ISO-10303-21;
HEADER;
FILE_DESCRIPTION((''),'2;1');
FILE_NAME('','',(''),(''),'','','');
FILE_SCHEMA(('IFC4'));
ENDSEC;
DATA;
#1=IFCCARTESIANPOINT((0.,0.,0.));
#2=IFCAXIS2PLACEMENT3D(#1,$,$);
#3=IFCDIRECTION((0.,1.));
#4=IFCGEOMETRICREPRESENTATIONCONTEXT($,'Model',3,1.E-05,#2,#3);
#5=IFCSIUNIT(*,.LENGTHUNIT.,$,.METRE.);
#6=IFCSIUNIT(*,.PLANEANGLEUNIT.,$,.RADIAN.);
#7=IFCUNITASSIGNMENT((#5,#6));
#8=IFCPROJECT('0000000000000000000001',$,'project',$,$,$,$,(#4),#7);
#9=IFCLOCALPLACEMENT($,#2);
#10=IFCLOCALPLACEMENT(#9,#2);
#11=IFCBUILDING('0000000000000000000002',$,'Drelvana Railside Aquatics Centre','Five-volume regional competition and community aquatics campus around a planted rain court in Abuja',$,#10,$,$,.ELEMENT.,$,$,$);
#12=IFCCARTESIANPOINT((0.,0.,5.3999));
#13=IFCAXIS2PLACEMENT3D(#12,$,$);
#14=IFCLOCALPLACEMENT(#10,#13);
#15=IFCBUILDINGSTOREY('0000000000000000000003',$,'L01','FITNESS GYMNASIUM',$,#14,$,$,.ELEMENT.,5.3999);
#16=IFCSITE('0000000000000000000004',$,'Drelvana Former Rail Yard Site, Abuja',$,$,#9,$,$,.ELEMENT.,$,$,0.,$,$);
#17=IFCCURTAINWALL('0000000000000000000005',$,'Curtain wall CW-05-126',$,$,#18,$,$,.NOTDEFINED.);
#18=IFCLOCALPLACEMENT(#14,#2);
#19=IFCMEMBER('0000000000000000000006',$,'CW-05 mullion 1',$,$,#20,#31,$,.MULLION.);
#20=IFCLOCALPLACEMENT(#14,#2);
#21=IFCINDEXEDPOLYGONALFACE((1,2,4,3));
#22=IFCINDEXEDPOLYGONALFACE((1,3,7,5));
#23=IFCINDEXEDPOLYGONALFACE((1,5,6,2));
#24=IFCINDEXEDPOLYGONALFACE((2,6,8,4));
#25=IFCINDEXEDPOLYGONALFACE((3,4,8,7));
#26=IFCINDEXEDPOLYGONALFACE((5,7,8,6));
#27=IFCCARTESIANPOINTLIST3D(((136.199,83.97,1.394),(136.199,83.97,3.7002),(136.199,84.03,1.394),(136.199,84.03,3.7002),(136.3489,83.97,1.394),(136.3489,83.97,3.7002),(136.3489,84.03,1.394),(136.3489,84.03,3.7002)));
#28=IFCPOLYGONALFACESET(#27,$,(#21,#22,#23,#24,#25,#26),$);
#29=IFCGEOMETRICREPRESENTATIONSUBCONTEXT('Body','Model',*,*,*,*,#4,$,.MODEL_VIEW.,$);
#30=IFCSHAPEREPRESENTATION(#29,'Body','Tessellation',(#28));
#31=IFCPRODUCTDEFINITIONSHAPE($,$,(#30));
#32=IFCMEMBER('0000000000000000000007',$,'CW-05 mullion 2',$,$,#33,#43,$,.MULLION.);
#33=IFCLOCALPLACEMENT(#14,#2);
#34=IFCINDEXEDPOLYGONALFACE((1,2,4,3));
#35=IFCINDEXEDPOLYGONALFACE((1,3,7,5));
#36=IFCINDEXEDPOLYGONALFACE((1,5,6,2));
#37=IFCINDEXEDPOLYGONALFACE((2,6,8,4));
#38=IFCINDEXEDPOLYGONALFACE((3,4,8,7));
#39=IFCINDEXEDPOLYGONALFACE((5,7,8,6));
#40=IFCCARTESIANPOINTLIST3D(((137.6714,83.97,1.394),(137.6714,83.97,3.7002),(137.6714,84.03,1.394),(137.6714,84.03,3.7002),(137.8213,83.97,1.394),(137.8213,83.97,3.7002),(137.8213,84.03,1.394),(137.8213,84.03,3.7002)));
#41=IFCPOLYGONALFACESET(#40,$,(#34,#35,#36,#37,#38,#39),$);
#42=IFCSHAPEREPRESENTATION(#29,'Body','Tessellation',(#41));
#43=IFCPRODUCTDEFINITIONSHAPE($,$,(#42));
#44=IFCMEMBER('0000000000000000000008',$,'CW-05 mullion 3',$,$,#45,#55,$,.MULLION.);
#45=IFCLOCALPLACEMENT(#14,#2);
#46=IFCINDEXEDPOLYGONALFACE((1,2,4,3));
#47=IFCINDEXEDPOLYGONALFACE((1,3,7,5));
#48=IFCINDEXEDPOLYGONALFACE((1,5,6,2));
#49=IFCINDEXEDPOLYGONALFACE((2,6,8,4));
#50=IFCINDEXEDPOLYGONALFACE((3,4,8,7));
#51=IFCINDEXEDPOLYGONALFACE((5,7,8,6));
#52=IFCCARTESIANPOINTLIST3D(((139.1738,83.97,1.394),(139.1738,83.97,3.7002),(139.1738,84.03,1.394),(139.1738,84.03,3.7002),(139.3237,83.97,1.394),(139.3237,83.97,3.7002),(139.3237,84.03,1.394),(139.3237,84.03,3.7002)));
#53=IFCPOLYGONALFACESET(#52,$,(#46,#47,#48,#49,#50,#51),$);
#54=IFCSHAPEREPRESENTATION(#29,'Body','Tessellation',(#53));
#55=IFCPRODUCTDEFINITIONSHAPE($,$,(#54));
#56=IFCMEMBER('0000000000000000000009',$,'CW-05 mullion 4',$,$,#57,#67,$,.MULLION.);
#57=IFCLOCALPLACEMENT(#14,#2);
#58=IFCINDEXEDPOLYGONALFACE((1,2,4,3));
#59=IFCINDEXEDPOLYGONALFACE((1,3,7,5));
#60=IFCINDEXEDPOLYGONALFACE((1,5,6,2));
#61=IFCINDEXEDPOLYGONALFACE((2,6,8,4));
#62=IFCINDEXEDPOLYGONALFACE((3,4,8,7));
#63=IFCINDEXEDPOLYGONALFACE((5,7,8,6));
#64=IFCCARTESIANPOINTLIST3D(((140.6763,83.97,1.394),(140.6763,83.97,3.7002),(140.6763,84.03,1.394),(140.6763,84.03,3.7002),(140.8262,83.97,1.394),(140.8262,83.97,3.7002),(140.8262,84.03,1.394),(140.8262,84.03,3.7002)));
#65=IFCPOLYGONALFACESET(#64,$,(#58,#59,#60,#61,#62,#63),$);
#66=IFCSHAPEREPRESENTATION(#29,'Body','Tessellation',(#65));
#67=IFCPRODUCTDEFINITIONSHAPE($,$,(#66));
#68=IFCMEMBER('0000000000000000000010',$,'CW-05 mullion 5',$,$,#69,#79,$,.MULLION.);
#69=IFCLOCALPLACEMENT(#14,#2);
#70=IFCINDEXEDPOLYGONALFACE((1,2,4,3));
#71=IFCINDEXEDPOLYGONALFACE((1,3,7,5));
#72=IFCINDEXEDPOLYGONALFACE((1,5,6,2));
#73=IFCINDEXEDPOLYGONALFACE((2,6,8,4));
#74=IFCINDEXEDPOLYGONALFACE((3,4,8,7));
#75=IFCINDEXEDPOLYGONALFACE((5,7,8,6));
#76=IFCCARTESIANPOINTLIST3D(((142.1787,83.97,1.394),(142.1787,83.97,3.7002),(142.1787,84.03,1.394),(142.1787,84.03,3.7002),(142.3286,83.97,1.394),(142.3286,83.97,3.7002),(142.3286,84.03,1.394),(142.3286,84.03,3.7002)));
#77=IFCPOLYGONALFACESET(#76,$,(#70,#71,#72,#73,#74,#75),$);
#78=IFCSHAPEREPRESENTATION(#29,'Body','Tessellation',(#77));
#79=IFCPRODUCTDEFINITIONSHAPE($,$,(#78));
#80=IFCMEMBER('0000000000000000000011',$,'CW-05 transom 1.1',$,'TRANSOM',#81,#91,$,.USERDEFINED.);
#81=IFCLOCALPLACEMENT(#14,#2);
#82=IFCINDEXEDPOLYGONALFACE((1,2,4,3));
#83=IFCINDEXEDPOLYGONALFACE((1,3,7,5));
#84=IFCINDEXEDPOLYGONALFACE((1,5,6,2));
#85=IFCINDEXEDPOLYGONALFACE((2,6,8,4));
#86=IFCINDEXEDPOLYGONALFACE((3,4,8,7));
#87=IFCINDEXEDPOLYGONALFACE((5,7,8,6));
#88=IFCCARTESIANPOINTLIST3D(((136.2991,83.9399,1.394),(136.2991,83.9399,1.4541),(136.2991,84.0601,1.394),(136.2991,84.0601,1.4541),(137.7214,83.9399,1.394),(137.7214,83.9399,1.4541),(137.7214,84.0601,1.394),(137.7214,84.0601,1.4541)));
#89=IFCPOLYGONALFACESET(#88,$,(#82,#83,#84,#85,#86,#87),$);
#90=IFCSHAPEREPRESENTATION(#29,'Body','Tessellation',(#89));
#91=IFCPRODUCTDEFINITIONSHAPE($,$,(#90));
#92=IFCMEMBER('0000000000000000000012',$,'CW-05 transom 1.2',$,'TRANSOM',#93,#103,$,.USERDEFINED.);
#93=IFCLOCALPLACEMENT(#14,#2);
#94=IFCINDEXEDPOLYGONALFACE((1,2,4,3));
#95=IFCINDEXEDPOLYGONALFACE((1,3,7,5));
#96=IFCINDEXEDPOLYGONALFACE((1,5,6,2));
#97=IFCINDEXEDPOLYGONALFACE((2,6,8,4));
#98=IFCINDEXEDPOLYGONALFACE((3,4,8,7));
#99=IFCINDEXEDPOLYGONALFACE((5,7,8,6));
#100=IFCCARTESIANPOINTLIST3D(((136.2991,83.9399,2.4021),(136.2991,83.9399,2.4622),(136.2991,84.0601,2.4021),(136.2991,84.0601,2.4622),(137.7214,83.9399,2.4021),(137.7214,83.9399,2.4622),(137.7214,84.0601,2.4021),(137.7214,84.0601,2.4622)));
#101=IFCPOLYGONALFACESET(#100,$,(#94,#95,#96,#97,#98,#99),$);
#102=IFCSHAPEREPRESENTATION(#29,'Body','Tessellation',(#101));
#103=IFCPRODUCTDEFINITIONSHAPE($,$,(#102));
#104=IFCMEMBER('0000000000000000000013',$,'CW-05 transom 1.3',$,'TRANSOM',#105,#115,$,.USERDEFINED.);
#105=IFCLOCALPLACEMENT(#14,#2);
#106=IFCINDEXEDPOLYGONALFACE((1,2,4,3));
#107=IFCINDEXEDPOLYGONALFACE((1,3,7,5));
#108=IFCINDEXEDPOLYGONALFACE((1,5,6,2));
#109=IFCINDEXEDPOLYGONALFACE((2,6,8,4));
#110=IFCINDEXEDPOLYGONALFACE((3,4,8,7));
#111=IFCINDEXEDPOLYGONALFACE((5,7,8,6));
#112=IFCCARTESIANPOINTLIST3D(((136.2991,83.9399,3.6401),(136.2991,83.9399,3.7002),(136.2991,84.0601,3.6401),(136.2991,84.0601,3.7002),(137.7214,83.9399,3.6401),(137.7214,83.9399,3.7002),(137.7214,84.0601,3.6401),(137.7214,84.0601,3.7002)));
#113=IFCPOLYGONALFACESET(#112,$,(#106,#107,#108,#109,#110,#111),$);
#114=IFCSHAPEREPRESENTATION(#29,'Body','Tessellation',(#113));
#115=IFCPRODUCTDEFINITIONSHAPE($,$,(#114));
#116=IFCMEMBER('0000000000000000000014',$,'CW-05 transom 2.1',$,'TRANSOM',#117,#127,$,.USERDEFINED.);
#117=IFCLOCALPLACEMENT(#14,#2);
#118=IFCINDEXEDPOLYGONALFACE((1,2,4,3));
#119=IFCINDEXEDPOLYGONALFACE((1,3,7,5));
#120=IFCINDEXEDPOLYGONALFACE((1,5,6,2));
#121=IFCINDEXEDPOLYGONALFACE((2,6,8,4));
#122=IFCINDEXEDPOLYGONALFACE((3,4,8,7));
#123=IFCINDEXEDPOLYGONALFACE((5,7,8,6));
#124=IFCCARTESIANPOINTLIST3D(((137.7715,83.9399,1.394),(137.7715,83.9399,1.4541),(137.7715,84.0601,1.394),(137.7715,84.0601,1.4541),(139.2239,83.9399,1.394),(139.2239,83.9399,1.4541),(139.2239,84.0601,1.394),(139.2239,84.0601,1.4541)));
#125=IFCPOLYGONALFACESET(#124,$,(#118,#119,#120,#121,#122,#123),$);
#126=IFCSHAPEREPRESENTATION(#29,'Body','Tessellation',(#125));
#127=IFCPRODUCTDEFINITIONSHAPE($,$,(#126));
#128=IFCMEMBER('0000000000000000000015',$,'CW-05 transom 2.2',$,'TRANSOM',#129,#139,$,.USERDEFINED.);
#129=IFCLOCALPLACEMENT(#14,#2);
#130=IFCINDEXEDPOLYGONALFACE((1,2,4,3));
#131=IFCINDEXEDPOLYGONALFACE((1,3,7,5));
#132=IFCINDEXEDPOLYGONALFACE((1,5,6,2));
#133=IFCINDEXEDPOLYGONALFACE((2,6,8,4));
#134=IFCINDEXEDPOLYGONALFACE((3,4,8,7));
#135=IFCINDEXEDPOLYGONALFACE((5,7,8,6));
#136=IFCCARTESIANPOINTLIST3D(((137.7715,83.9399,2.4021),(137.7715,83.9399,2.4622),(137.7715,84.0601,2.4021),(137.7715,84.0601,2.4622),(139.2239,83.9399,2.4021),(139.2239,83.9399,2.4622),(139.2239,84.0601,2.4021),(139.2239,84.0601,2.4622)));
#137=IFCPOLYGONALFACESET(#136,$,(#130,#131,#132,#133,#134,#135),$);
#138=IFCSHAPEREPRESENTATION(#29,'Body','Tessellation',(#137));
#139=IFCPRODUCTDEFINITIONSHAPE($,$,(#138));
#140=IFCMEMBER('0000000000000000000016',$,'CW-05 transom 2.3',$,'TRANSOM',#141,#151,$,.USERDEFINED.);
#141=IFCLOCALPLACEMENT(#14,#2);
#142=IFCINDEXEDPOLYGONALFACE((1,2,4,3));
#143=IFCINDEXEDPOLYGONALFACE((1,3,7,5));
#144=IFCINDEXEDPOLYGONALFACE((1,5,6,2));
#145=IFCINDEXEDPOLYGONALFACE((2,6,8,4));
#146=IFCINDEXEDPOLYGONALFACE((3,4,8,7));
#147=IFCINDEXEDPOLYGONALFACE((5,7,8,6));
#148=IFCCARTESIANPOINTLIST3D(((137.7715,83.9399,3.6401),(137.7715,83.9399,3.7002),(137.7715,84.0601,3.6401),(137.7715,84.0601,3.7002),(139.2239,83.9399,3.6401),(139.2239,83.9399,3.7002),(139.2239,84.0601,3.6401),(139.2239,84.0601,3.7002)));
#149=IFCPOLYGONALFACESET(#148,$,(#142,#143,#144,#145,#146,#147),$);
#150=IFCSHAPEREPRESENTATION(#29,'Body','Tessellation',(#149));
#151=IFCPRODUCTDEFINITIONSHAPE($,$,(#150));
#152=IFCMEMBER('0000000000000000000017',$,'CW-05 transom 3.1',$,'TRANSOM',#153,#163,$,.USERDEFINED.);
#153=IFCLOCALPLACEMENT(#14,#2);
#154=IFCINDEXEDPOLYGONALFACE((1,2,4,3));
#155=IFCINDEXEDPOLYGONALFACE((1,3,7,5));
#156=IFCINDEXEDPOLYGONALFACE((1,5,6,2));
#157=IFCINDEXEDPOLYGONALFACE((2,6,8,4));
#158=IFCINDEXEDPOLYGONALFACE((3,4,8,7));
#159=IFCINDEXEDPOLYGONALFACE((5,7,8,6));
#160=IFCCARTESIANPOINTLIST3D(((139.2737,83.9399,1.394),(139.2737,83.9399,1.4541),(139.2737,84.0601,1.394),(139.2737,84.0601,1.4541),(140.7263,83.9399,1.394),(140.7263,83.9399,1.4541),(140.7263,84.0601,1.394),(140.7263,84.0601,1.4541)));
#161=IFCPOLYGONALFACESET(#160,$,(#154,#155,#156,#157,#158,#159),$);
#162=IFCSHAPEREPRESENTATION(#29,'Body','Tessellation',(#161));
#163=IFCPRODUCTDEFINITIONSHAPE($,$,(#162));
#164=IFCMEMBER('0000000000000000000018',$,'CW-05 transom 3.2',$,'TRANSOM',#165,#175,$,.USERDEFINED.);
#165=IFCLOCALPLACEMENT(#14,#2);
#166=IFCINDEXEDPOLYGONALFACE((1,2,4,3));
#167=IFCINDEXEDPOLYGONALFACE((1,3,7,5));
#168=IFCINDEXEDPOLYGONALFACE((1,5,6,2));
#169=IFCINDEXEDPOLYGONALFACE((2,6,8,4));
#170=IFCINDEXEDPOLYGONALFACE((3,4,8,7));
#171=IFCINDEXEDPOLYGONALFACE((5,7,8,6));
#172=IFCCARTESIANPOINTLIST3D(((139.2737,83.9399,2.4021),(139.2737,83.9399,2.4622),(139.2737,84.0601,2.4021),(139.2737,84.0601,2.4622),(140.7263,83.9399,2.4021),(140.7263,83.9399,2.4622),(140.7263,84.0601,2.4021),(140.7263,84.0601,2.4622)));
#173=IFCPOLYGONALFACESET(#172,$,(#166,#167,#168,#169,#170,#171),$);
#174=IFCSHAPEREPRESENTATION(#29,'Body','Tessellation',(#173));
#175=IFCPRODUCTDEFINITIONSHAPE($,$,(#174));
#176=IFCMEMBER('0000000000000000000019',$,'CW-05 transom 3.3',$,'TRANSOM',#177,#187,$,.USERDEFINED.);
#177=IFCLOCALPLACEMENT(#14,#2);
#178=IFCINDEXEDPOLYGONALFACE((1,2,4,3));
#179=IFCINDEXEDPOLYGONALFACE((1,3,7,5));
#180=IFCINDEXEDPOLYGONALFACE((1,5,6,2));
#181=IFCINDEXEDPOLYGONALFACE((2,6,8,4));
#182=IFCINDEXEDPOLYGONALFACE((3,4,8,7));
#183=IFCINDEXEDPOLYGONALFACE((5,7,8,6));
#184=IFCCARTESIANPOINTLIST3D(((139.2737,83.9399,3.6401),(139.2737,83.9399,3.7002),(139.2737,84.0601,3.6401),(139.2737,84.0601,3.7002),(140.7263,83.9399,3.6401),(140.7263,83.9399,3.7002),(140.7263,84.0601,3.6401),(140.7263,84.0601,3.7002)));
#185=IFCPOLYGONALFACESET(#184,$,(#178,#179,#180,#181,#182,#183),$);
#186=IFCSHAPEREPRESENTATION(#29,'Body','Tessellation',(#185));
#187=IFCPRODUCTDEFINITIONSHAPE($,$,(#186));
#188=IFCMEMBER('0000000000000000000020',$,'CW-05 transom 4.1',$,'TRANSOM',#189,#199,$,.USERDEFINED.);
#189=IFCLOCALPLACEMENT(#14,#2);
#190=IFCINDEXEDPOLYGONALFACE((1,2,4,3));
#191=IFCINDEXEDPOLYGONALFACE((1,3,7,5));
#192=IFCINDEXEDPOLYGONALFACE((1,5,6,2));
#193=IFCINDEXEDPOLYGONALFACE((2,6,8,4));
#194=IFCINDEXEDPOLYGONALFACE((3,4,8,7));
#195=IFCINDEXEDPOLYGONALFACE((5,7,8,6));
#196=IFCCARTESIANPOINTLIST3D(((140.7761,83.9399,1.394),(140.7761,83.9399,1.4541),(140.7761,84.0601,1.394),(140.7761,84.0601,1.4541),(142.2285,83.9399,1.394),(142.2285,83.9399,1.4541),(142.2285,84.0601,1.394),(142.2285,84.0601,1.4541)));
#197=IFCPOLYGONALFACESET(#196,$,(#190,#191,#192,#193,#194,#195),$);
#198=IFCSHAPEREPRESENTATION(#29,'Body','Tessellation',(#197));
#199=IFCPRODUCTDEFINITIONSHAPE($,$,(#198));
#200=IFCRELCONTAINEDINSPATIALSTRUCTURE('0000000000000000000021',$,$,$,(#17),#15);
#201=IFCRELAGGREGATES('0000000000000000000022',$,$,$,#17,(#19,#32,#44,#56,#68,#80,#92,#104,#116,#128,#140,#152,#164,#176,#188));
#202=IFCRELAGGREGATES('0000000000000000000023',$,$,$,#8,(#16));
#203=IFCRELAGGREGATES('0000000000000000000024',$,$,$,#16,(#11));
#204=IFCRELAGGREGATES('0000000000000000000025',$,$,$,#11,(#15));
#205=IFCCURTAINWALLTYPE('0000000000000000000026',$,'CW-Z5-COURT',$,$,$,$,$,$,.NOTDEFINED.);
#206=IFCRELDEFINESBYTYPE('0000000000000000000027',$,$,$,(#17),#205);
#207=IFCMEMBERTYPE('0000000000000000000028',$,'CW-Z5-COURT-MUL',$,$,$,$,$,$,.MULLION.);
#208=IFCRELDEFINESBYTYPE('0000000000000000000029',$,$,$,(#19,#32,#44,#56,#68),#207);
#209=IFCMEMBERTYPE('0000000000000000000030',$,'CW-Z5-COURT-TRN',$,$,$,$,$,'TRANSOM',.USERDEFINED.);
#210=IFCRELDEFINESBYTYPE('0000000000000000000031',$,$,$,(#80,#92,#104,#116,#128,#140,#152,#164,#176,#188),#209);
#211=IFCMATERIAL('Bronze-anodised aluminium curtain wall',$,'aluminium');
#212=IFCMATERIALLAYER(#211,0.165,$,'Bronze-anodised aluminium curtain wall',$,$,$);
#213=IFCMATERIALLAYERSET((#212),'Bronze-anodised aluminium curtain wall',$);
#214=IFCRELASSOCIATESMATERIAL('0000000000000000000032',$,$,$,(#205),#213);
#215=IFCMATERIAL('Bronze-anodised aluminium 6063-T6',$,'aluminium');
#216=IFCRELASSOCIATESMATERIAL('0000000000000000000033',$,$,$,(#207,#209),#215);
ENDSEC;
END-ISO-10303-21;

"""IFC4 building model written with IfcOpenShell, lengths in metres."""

from ifc_helpers import new_model, si_unit, direction, frame, origin, origin_2d, place, context, subcontext, project, spatial, rectangle, extrude, material, layer, layer_set, material_profile, profile_set, type_object, element, aggregate, save


model = new_model("IFC4")

# Units and contexts
model_context = context("Model", 3, precision=1e-05, world=origin(), true_north=direction((0.0, 1.0)))
body_context = subcontext(model_context, "Body", "Model", "MODEL_VIEW")
ifc_project = project(units=[si_unit("LENGTHUNIT", "METRE"), si_unit("PLANEANGLEUNIT", "RADIAN")], contexts=[model_context])

# Site, building, storey
site_placement = place(None, origin())
site = spatial("IfcSite", under=ifc_project, at=site_placement, Name="Drelvana Former Rail Yard Site, Abuja", CompositionType="ELEMENT", RefElevation=0.0)
building_placement = place(site_placement, origin())
building = spatial("IfcBuilding", under=site, at=building_placement, Name="Drelvana Railside Aquatics Centre", Description="Five-volume regional competition and community aquatics campus around a planted rain court in Abuja", CompositionType="ELEMENT")
storey_placement = place(building_placement, frame((0.0, 0.0, 5.3999)))
storey = spatial("IfcBuildingStorey", under=building, at=storey_placement, Name="L01", Description="FITNESS GYMNASIUM", CompositionType="ELEMENT", Elevation=5.3999)

# Curtain wall, members
ifc_material_1 = material(Name="Bronze-anodised aluminium curtain wall", Category="aluminium")
ifc_layer_1 = layer(ifc_material_1, 0.165, Name="Bronze-anodised aluminium curtain wall")
ifc_layer_set_1 = layer_set([ifc_layer_1], Name="Bronze-anodised aluminium curtain wall")
curtain_wall_type = type_object("IfcCurtainWallType", Name="CW-Z5-COURT", PredefinedType="NOTDEFINED", material=ifc_layer_set_1)
curtain_wall_placement = place(storey_placement, origin())
curtain_wall = element("IfcCurtainWall", 1, at=curtain_wall_placement, inside=storey, type_object=curtain_wall_type, Name="Curtain wall CW-05-126", PredefinedType="NOTDEFINED")
ifc_material_2 = material(Name="Bronze-anodised aluminium 6063-T6", Category="aluminium")
ifc_material_profile_1 = material_profile(ifc_material_2, rectangle(XDim=0.0601, YDim=0.1499, at=origin_2d()), Name="ALU-M 60x150")
ifc_profile_set_1 = profile_set([ifc_material_profile_1], Name="Bronze-anodised aluminium 6063-T6")
member_type_1 = type_object("IfcMemberType", Name="CW-Z5-COURT-MUL", PredefinedType="MULLION", material=ifc_profile_set_1)
member_1_placement = place(storey_placement, frame((136.2739, 84.0, 1.394), z_axis=(0.0, 0.0, 1.0), x_axis=(0.0, 1.0, 0.0)))
member_1 = element("IfcMember", 2, at=member_1_placement, type_object=member_type_1, Name="CW-05 mullion 1", PredefinedType="MULLION", context=body_context, shape_type="SweptSolid", body=[
    extrude(rectangle(XDim=0.0601, YDim=0.1499, at=origin_2d()), origin(), (0.0, 0.0, 1.0), 2.3062),
])
member_2_placement = place(storey_placement, frame((137.7463, 84.0, 1.394), z_axis=(0.0, 0.0, 1.0), x_axis=(0.0, 1.0, 0.0)))
member_2 = element("IfcMember", 3, at=member_2_placement, type_object=member_type_1, Name="CW-05 mullion 2", PredefinedType="MULLION", context=body_context, shape_type="SweptSolid", body=[
    extrude(rectangle(XDim=0.0601, YDim=0.1499, at=origin_2d()), origin(), (0.0, 0.0, 1.0), 2.3062),
])
member_3_placement = place(storey_placement, frame((139.2488, 84.0, 1.394), z_axis=(0.0, 0.0, 1.0), x_axis=(0.0, 1.0, 0.0)))
member_3 = element("IfcMember", 4, at=member_3_placement, type_object=member_type_1, Name="CW-05 mullion 3", PredefinedType="MULLION", context=body_context, shape_type="SweptSolid", body=[
    extrude(rectangle(XDim=0.0601, YDim=0.1499, at=origin_2d()), origin(), (0.0, 0.0, 1.0), 2.3062),
])
member_4_placement = place(storey_placement, frame((140.7512, 84.0, 1.394), z_axis=(0.0, 0.0, 1.0), x_axis=(0.0, 1.0, 0.0)))
member_4 = element("IfcMember", 5, at=member_4_placement, type_object=member_type_1, Name="CW-05 mullion 4", PredefinedType="MULLION", context=body_context, shape_type="SweptSolid", body=[
    extrude(rectangle(XDim=0.0601, YDim=0.1499, at=origin_2d()), origin(), (0.0, 0.0, 1.0), 2.3062),
])
member_5_placement = place(storey_placement, frame((142.2537, 84.0, 1.394), z_axis=(0.0, 0.0, 1.0), x_axis=(0.0, 1.0, 0.0)))
member_5 = element("IfcMember", 6, at=member_5_placement, type_object=member_type_1, Name="CW-05 mullion 5", PredefinedType="MULLION", context=body_context, shape_type="SweptSolid", body=[
    extrude(rectangle(XDim=0.0601, YDim=0.1499, at=origin_2d()), origin(), (0.0, 0.0, 1.0), 2.3062),
])
ifc_material_profile_2 = material_profile(ifc_material_2, rectangle(XDim=0.1201, YDim=0.0601, at=origin_2d()), Name="ALU-T 60x120")
ifc_profile_set_2 = profile_set([ifc_material_profile_2], Name="Bronze-anodised aluminium 6063-T6")
member_type_2 = type_object("IfcMemberType", Name="CW-Z5-COURT-TRN", ElementType="TRANSOM", PredefinedType="USERDEFINED", material=ifc_profile_set_2)
member_6_placement = place(storey_placement, frame((136.2991, 84.0, 1.4241), z_axis=(1.0, 0.0, 0.0), x_axis=(0.0, 1.0, 0.0)))
member_6 = element("IfcMember", 7, at=member_6_placement, type_object=member_type_2, Name="CW-05 transom 1.1", ObjectType="TRANSOM", PredefinedType="USERDEFINED", context=body_context, shape_type="SweptSolid", body=[
    extrude(rectangle(XDim=0.1201, YDim=0.0601, at=origin_2d()), origin(), (0.0, 0.0, 1.0), 1.4224),
])
member_7_placement = place(storey_placement, frame((136.2991, 84.0, 2.4321), z_axis=(1.0, 0.0, 0.0), x_axis=(0.0, 1.0, 0.0)))
member_7 = element("IfcMember", 8, at=member_7_placement, type_object=member_type_2, Name="CW-05 transom 1.2", ObjectType="TRANSOM", PredefinedType="USERDEFINED", context=body_context, shape_type="SweptSolid", body=[
    extrude(rectangle(XDim=0.1201, YDim=0.0601, at=origin_2d()), origin(), (0.0, 0.0, 1.0), 1.4224),
])
member_8_placement = place(storey_placement, frame((136.2991, 84.0, 3.6702), z_axis=(1.0, 0.0, 0.0), x_axis=(0.0, 1.0, 0.0)))
member_8 = element("IfcMember", 9, at=member_8_placement, type_object=member_type_2, Name="CW-05 transom 1.3", ObjectType="TRANSOM", PredefinedType="USERDEFINED", context=body_context, shape_type="SweptSolid", body=[
    extrude(rectangle(XDim=0.1201, YDim=0.0601, at=origin_2d()), origin(), (0.0, 0.0, 1.0), 1.4224),
])
member_9_placement = place(storey_placement, frame((137.7715, 84.0, 1.4241), z_axis=(1.0, 0.0, 0.0), x_axis=(0.0, 1.0, 0.0)))
member_9 = element("IfcMember", 10, at=member_9_placement, type_object=member_type_2, Name="CW-05 transom 2.1", ObjectType="TRANSOM", PredefinedType="USERDEFINED", context=body_context, shape_type="SweptSolid", body=[
    extrude(rectangle(XDim=0.1201, YDim=0.0601, at=origin_2d()), origin(), (0.0, 0.0, 1.0), 1.4524),
])
member_10_placement = place(storey_placement, frame((137.7715, 84.0, 2.4321), z_axis=(1.0, 0.0, 0.0), x_axis=(0.0, 1.0, 0.0)))
member_10 = element("IfcMember", 11, at=member_10_placement, type_object=member_type_2, Name="CW-05 transom 2.2", ObjectType="TRANSOM", PredefinedType="USERDEFINED", context=body_context, shape_type="SweptSolid", body=[
    extrude(rectangle(XDim=0.1201, YDim=0.0601, at=origin_2d()), origin(), (0.0, 0.0, 1.0), 1.4524),
])
member_11_placement = place(storey_placement, frame((137.7715, 84.0, 3.6702), z_axis=(1.0, 0.0, 0.0), x_axis=(0.0, 1.0, 0.0)))
member_11 = element("IfcMember", 12, at=member_11_placement, type_object=member_type_2, Name="CW-05 transom 2.3", ObjectType="TRANSOM", PredefinedType="USERDEFINED", context=body_context, shape_type="SweptSolid", body=[
    extrude(rectangle(XDim=0.1201, YDim=0.0601, at=origin_2d()), origin(), (0.0, 0.0, 1.0), 1.4524),
])
member_12_placement = place(storey_placement, frame((139.2737, 84.0, 1.4241), z_axis=(1.0, 0.0, 0.0), x_axis=(0.0, 1.0, 0.0)))
member_12 = element("IfcMember", 13, at=member_12_placement, type_object=member_type_2, Name="CW-05 transom 3.1", ObjectType="TRANSOM", PredefinedType="USERDEFINED", context=body_context, shape_type="SweptSolid", body=[
    extrude(rectangle(XDim=0.1201, YDim=0.0601, at=origin_2d()), origin(), (0.0, 0.0, 1.0), 1.4526),
])
member_13_placement = place(storey_placement, frame((139.2737, 84.0, 2.4321), z_axis=(1.0, 0.0, 0.0), x_axis=(0.0, 1.0, 0.0)))
member_13 = element("IfcMember", 14, at=member_13_placement, type_object=member_type_2, Name="CW-05 transom 3.2", ObjectType="TRANSOM", PredefinedType="USERDEFINED", context=body_context, shape_type="SweptSolid", body=[
    extrude(rectangle(XDim=0.1201, YDim=0.0601, at=origin_2d()), origin(), (0.0, 0.0, 1.0), 1.4526),
])
member_14_placement = place(storey_placement, frame((139.2737, 84.0, 3.6702), z_axis=(1.0, 0.0, 0.0), x_axis=(0.0, 1.0, 0.0)))
member_14 = element("IfcMember", 15, at=member_14_placement, type_object=member_type_2, Name="CW-05 transom 3.3", ObjectType="TRANSOM", PredefinedType="USERDEFINED", context=body_context, shape_type="SweptSolid", body=[
    extrude(rectangle(XDim=0.1201, YDim=0.0601, at=origin_2d()), origin(), (0.0, 0.0, 1.0), 1.4526),
])
member_15_placement = place(storey_placement, frame((140.7761, 84.0, 1.4241), z_axis=(1.0, 0.0, 0.0), x_axis=(0.0, 1.0, 0.0)))
member_15 = element("IfcMember", 16, at=member_15_placement, type_object=member_type_2, Name="CW-05 transom 4.1", ObjectType="TRANSOM", PredefinedType="USERDEFINED", context=body_context, shape_type="SweptSolid", body=[
    extrude(rectangle(XDim=0.1201, YDim=0.0601, at=origin_2d()), origin(), (0.0, 0.0, 1.0), 1.4524),
])

aggregate(curtain_wall, [member_1, member_2, member_3, member_4, member_5, member_6, member_7, member_8, member_9, member_10, member_11, member_12, member_13, member_14, member_15])

save(model, "model.ifc")
